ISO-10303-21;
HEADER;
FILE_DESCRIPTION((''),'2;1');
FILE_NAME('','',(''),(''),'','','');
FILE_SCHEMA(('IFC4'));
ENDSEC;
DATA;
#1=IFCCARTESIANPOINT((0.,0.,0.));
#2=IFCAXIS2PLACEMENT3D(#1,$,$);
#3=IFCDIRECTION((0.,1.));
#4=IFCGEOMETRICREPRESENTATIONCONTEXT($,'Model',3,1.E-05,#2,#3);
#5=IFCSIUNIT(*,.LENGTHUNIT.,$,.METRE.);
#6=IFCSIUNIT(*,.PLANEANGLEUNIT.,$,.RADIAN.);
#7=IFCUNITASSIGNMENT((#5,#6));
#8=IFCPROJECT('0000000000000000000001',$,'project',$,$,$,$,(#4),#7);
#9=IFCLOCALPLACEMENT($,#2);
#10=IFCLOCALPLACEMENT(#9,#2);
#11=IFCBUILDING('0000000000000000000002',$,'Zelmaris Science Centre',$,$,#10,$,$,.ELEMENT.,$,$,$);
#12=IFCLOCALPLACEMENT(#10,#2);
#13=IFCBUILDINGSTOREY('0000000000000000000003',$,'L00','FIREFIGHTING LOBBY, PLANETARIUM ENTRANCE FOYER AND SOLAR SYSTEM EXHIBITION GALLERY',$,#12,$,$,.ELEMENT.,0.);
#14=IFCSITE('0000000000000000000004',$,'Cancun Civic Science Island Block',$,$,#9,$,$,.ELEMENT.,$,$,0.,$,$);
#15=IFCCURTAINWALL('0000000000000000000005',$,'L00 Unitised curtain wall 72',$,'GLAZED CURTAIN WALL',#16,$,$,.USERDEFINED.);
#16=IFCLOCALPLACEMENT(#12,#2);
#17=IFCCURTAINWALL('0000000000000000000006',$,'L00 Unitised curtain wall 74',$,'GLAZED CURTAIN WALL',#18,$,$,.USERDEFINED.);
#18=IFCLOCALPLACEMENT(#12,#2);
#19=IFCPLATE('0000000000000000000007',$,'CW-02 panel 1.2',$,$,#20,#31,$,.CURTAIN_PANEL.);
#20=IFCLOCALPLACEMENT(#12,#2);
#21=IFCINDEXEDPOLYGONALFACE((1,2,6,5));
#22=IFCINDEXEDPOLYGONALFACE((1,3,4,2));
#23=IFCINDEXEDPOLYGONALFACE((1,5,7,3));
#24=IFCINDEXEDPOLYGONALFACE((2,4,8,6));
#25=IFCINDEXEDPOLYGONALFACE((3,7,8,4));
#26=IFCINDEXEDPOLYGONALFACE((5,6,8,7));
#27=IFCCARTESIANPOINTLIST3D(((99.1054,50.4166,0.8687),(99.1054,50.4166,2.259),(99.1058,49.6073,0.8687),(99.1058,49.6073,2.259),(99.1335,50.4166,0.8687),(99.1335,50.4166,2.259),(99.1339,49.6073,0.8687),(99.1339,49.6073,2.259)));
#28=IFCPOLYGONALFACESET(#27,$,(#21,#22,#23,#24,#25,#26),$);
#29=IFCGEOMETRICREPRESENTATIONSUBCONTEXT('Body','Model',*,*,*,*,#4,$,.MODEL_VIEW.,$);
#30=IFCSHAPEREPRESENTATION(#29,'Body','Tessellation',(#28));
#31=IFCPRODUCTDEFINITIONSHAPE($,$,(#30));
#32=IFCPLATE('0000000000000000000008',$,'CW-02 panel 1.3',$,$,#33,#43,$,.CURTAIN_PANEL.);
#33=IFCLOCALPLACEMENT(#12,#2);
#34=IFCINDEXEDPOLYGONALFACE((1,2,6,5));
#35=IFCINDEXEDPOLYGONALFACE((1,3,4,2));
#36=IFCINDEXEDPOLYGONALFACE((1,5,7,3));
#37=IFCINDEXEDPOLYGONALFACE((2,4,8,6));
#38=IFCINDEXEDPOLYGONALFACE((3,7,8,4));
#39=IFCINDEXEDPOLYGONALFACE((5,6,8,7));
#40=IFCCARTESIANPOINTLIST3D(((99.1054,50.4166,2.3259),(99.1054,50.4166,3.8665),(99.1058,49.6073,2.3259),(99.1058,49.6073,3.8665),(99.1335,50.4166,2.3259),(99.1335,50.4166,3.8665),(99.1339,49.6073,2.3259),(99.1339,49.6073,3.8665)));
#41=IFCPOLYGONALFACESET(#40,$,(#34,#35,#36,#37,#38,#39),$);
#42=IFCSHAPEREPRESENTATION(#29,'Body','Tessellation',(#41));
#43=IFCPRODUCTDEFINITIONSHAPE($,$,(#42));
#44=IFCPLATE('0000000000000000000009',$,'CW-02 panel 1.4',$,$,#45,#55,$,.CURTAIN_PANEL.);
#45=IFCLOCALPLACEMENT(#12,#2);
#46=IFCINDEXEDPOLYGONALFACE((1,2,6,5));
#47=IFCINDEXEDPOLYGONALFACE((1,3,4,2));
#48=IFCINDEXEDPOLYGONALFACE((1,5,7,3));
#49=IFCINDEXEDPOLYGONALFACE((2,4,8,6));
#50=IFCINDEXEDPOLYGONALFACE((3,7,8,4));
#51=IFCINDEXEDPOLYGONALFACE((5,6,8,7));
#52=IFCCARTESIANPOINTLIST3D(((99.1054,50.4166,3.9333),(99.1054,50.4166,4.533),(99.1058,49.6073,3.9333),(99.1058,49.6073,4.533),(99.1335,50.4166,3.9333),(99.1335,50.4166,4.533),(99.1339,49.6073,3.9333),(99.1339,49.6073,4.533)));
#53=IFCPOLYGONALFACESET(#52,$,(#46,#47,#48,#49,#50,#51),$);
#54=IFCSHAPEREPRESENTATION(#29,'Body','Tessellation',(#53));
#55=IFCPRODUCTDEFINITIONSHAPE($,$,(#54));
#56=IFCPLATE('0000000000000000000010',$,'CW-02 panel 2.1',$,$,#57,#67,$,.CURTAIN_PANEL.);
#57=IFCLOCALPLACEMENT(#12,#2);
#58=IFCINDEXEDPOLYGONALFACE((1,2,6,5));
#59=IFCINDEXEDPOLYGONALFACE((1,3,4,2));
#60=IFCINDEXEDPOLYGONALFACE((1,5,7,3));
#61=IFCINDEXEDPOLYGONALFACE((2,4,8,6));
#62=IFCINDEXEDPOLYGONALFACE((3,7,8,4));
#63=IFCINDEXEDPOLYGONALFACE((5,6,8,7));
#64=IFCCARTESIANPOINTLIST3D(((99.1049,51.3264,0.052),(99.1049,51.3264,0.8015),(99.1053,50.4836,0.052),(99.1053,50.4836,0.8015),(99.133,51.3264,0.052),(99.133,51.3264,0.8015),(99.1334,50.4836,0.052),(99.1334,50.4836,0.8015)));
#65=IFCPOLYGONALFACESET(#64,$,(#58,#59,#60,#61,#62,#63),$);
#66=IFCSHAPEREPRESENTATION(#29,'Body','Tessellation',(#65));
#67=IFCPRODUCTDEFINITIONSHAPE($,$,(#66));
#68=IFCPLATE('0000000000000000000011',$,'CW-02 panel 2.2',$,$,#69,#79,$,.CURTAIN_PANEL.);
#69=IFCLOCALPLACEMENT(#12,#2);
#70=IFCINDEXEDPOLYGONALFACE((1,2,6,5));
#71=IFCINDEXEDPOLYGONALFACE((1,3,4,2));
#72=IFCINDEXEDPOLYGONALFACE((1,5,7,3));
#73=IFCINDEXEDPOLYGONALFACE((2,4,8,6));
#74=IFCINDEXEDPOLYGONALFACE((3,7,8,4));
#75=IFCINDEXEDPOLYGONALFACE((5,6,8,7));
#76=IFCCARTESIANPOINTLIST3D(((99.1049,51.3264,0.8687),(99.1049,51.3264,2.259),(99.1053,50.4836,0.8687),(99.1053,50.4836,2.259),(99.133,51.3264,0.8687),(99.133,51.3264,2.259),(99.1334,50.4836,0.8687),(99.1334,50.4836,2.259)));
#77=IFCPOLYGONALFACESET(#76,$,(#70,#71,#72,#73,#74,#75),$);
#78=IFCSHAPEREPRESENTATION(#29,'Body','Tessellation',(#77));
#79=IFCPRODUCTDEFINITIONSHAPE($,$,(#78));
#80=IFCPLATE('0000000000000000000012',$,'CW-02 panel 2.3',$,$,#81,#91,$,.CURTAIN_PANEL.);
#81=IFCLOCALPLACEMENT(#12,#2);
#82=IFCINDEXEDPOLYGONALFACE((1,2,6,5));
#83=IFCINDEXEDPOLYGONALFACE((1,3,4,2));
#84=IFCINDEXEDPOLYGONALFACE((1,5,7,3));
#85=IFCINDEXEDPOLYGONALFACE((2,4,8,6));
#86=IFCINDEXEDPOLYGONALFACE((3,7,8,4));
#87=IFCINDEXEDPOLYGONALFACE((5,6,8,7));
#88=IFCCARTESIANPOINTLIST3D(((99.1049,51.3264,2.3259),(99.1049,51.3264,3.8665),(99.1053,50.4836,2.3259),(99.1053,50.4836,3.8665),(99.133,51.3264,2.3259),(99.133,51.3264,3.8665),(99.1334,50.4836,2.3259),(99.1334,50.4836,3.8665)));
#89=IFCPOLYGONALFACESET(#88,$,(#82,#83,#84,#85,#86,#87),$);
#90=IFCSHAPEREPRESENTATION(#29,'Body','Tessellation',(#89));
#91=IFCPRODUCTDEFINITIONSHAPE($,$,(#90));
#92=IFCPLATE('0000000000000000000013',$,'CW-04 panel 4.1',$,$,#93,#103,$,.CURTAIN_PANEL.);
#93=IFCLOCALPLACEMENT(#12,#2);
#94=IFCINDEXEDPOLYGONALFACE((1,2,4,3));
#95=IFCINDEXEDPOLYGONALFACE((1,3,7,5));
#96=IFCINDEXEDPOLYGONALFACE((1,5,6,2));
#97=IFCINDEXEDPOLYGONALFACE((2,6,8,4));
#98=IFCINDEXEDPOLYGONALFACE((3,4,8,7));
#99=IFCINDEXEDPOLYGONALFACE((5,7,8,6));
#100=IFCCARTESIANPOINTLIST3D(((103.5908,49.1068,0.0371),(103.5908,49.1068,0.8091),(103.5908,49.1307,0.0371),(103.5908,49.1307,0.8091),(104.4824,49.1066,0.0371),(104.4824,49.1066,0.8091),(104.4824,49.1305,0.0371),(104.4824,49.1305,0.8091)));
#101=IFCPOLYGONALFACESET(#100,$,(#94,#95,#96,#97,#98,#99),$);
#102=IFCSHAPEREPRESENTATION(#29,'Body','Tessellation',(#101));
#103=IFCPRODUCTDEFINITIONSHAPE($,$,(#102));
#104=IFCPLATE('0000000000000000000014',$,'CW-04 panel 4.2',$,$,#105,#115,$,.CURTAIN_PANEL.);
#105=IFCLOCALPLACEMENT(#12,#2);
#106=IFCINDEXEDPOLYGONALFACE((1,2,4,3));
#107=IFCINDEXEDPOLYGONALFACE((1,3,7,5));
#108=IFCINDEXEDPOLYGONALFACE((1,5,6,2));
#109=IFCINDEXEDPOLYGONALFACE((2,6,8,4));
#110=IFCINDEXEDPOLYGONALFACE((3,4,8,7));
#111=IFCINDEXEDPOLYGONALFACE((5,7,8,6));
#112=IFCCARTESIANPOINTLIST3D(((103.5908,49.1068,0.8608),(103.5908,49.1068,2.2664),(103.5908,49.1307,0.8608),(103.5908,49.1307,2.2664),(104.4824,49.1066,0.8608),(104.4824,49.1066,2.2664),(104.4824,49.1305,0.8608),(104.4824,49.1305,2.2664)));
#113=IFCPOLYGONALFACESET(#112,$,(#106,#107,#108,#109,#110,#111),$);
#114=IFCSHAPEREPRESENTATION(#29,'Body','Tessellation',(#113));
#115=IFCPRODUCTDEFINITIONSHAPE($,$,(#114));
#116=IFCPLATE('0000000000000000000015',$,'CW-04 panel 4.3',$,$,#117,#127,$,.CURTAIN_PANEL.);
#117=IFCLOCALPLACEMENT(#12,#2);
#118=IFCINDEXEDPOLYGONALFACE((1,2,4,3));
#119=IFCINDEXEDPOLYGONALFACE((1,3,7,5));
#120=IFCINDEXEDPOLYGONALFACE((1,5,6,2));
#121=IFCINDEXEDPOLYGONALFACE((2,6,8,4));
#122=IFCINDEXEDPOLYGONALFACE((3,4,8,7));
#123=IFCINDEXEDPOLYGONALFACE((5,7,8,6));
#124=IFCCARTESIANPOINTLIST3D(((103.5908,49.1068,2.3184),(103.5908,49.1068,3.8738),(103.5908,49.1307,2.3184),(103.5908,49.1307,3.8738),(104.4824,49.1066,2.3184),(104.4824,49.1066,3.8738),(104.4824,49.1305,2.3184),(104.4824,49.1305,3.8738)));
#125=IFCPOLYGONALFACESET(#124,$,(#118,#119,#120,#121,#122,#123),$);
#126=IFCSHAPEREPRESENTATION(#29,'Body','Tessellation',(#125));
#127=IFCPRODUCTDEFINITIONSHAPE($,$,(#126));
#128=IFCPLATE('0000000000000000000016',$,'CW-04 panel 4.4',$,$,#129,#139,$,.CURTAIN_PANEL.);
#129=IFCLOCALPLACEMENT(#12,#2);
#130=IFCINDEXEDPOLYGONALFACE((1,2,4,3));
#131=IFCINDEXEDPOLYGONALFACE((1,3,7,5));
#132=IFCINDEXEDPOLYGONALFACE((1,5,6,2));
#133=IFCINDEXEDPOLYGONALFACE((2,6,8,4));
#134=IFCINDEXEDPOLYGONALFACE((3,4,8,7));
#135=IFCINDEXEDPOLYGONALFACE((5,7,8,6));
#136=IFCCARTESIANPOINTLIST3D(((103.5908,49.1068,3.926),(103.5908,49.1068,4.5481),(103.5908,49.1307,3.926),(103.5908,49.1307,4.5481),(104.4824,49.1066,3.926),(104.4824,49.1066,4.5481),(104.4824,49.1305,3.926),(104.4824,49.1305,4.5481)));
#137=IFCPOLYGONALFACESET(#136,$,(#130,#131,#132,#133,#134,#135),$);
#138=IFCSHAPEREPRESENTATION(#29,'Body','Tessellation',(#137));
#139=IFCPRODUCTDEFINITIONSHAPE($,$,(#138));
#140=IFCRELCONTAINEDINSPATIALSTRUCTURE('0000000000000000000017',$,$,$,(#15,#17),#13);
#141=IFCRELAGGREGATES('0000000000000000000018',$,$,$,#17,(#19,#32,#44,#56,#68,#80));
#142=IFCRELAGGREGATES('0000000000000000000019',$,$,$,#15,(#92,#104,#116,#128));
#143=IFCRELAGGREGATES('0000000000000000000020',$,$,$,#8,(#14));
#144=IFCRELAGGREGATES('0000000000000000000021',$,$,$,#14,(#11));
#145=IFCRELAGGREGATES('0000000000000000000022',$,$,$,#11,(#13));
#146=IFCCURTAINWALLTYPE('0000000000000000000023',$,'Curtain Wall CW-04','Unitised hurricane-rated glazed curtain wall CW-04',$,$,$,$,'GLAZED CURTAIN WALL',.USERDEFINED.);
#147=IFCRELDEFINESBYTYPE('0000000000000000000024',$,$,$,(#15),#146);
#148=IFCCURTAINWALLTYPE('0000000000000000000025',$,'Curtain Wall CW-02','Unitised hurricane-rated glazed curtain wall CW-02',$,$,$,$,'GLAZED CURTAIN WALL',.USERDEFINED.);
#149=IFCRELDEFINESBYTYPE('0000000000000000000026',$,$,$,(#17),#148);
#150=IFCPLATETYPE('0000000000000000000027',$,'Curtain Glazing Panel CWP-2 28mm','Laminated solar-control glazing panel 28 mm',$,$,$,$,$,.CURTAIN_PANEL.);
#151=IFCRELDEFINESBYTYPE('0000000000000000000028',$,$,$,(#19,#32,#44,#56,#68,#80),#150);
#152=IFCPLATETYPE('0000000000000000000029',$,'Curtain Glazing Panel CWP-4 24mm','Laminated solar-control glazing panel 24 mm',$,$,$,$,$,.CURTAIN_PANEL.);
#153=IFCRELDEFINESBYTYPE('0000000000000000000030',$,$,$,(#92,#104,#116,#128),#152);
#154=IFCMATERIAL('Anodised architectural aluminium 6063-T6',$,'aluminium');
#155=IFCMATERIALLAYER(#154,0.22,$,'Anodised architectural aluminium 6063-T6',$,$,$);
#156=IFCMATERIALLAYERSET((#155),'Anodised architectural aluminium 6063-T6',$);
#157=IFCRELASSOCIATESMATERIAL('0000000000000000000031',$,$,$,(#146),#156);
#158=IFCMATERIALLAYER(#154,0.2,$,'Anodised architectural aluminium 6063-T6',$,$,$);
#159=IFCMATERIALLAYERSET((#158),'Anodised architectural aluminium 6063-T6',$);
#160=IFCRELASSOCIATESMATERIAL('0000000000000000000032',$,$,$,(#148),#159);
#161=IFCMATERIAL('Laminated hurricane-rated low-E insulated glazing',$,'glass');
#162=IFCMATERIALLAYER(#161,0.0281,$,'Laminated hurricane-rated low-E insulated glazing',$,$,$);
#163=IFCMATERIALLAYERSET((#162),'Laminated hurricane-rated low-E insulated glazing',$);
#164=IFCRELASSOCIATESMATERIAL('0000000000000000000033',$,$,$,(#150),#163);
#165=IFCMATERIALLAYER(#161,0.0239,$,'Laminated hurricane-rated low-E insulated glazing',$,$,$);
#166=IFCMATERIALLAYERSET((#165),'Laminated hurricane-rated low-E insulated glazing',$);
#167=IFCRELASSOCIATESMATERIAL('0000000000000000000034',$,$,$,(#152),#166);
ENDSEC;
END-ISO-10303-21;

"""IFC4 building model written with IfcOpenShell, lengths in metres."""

from ifc_helpers import new_model, si_unit, direction, frame, origin, origin_2d, place, context, subcontext, project, spatial, rectangle, extrude, material, layer, layer_set, type_object, element, aggregate, save


model = new_model("IFC4")

# Units and contexts
model_context = context("Model", 3, precision=1e-05, world=origin(), true_north=direction((0.0, 1.0)))
body_context = subcontext(model_context, "Body", "Model", "MODEL_VIEW")
ifc_project = project(units=[si_unit("LENGTHUNIT", "METRE"), si_unit("PLANEANGLEUNIT", "RADIAN")], contexts=[model_context])

# Site, building, storey
site_placement = place(None, origin())
site = spatial("IfcSite", under=ifc_project, at=site_placement, Name="Cancun Civic Science Island Block", CompositionType="ELEMENT", RefElevation=0.0)
building_placement = place(site_placement, origin())
building = spatial("IfcBuilding", under=site, at=building_placement, Name="Zelmaris Science Centre", CompositionType="ELEMENT")
storey_placement = place(building_placement, origin())
storey = spatial("IfcBuildingStorey", under=building, at=storey_placement, Name="L00", Description="FIREFIGHTING LOBBY, PLANETARIUM ENTRANCE FOYER AND SOLAR SYSTEM EXHIBITION GALLERY", CompositionType="ELEMENT", Elevation=0.0)

# Curtain wall
ifc_material_1 = material(Name="Anodised architectural aluminium 6063-T6", Category="aluminium")
ifc_layer_1 = layer(ifc_material_1, 0.22, Name="Anodised architectural aluminium 6063-T6")
ifc_layer_set_1 = layer_set([ifc_layer_1], Name="Anodised architectural aluminium 6063-T6")
curtain_wall_type_1 = type_object("IfcCurtainWallType", Name="Curtain Wall CW-04", Description="Unitised hurricane-rated glazed curtain wall CW-04", ElementType="GLAZED CURTAIN WALL", PredefinedType="USERDEFINED", material=ifc_layer_set_1)
curtain_wall_1_placement = place(storey_placement, origin())
curtain_wall_1 = element("IfcCurtainWall", 1, at=curtain_wall_1_placement, inside=storey, type_object=curtain_wall_type_1, Name="L00 Unitised curtain wall 72", ObjectType="GLAZED CURTAIN WALL", PredefinedType="USERDEFINED")

# Curtain wall
ifc_layer_2 = layer(ifc_material_1, 0.2, Name="Anodised architectural aluminium 6063-T6")
ifc_layer_set_2 = layer_set([ifc_layer_2], Name="Anodised architectural aluminium 6063-T6")
curtain_wall_type_2 = type_object("IfcCurtainWallType", Name="Curtain Wall CW-02", Description="Unitised hurricane-rated glazed curtain wall CW-02", ElementType="GLAZED CURTAIN WALL", PredefinedType="USERDEFINED", material=ifc_layer_set_2)
curtain_wall_2_placement = place(storey_placement, origin())
curtain_wall_2 = element("IfcCurtainWall", 2, at=curtain_wall_2_placement, inside=storey, type_object=curtain_wall_type_2, Name="L00 Unitised curtain wall 74", ObjectType="GLAZED CURTAIN WALL", PredefinedType="USERDEFINED")

# Plates
ifc_material_2 = material(Name="Laminated hurricane-rated low-E insulated glazing", Category="glass")
ifc_layer_3 = layer(ifc_material_2, 0.0281, Name="Laminated hurricane-rated low-E insulated glazing")
ifc_layer_set_3 = layer_set([ifc_layer_3], Name="Laminated hurricane-rated low-E insulated glazing")
plate_type_1 = type_object("IfcPlateType", Name="Curtain Glazing Panel CWP-2 28mm", Description="Laminated solar-control glazing panel 28 mm", PredefinedType="CURTAIN_PANEL", material=ifc_layer_set_3)
plate_1_placement = place(storey_placement, frame((99.1196, 50.012, 0.8687), z_axis=(0.0, 0.0, 1.0), x_axis=(-0.000484, 1.0, 0.0)))
plate_1 = element("IfcPlate", 3, at=plate_1_placement, type_object=plate_type_1, Name="CW-02 panel 1.2", PredefinedType="CURTAIN_PANEL", context=body_context, shape_type="SweptSolid", body=[
    extrude(rectangle(XDim=0.8093, YDim=0.0281, at=origin_2d()), origin(), (0.0, 0.0, 1.0), 1.3904),
])
plate_2_placement = place(storey_placement, frame((99.1196, 50.012, 2.3259), z_axis=(0.0, 0.0, 1.0), x_axis=(-0.000484, 1.0, 0.0)))
plate_2 = element("IfcPlate", 4, at=plate_2_placement, type_object=plate_type_1, Name="CW-02 panel 1.3", PredefinedType="CURTAIN_PANEL", context=body_context, shape_type="SweptSolid", body=[
    extrude(rectangle(XDim=0.8093, YDim=0.0281, at=origin_2d()), origin(), (0.0, 0.0, 1.0), 1.5405),
])
plate_3_placement = place(storey_placement, frame((99.1196, 50.012, 3.9333), z_axis=(0.0, 0.0, 1.0), x_axis=(-0.000484, 1.0, 0.0)))
plate_3 = element("IfcPlate", 5, at=plate_3_placement, type_object=plate_type_1, Name="CW-02 panel 1.4", PredefinedType="CURTAIN_PANEL", context=body_context, shape_type="SweptSolid", body=[
    extrude(rectangle(XDim=0.8093, YDim=0.0281, at=origin_2d()), origin(), (0.0, 0.0, 1.0), 0.5996),
])
plate_4_placement = place(storey_placement, frame((99.1191, 50.905, 0.052), z_axis=(0.0, 0.0, 1.0), x_axis=(-0.000484, 1.0, 0.0)))
plate_4 = element("IfcPlate", 6, at=plate_4_placement, type_object=plate_type_1, Name="CW-02 panel 2.1", PredefinedType="CURTAIN_PANEL", context=body_context, shape_type="SweptSolid", body=[
    extrude(rectangle(XDim=0.8428, YDim=0.0281, at=origin_2d()), origin(), (0.0, 0.0, 1.0), 0.7495),
])
plate_5_placement = place(storey_placement, frame((99.1191, 50.905, 0.8687), z_axis=(0.0, 0.0, 1.0), x_axis=(-0.000484, 1.0, 0.0)))
plate_5 = element("IfcPlate", 7, at=plate_5_placement, type_object=plate_type_1, Name="CW-02 panel 2.2", PredefinedType="CURTAIN_PANEL", context=body_context, shape_type="SweptSolid", body=[
    extrude(rectangle(XDim=0.8428, YDim=0.0281, at=origin_2d()), origin(), (0.0, 0.0, 1.0), 1.3904),
])
plate_6_placement = place(storey_placement, frame((99.1191, 50.905, 2.3259), z_axis=(0.0, 0.0, 1.0), x_axis=(-0.000484, 1.0, 0.0)))
plate_6 = element("IfcPlate", 8, at=plate_6_placement, type_object=plate_type_1, Name="CW-02 panel 2.3", PredefinedType="CURTAIN_PANEL", context=body_context, shape_type="SweptSolid", body=[
    extrude(rectangle(XDim=0.8428, YDim=0.0281, at=origin_2d()), origin(), (0.0, 0.0, 1.0), 1.5405),
])
aggregate(curtain_wall_2, [plate_1, plate_2, plate_3, plate_4, plate_5, plate_6])
ifc_layer_4 = layer(ifc_material_2, 0.0239, Name="Laminated hurricane-rated low-E insulated glazing")
ifc_layer_set_4 = layer_set([ifc_layer_4], Name="Laminated hurricane-rated low-E insulated glazing")
plate_type_2 = type_object("IfcPlateType", Name="Curtain Glazing Panel CWP-4 24mm", Description="Laminated solar-control glazing panel 24 mm", PredefinedType="CURTAIN_PANEL", material=ifc_layer_set_4)
plate_7_placement = place(storey_placement, frame((104.0366, 49.1187, 0.0371), z_axis=(0.0, 0.0, 1.0), x_axis=(-1.0, 0.000284, 0.0)))
plate_7 = element("IfcPlate", 9, at=plate_7_placement, type_object=plate_type_2, Name="CW-04 panel 4.1", PredefinedType="CURTAIN_PANEL", context=body_context, shape_type="SweptSolid", body=[
    extrude(rectangle(XDim=0.8916, YDim=0.0239, at=origin_2d()), origin(), (0.0, 0.0, 1.0), 0.772),
])
plate_8_placement = place(storey_placement, frame((104.0366, 49.1187, 0.8608), z_axis=(0.0, 0.0, 1.0), x_axis=(-1.0, 0.000284, 0.0)))
plate_8 = element("IfcPlate", 10, at=plate_8_placement, type_object=plate_type_2, Name="CW-04 panel 4.2", PredefinedType="CURTAIN_PANEL", context=body_context, shape_type="SweptSolid", body=[
    extrude(rectangle(XDim=0.8916, YDim=0.0239, at=origin_2d()), origin(), (0.0, 0.0, 1.0), 1.4055),
])
plate_9_placement = place(storey_placement, frame((104.0366, 49.1187, 2.3184), z_axis=(0.0, 0.0, 1.0), x_axis=(-1.0, 0.000284, 0.0)))
plate_9 = element("IfcPlate", 11, at=plate_9_placement, type_object=plate_type_2, Name="CW-04 panel 4.3", PredefinedType="CURTAIN_PANEL", context=body_context, shape_type="SweptSolid", body=[
    extrude(rectangle(XDim=0.8916, YDim=0.0239, at=origin_2d()), origin(), (0.0, 0.0, 1.0), 1.5554),
])
plate_10_placement = place(storey_placement, frame((104.0366, 49.1187, 3.926), z_axis=(0.0, 0.0, 1.0), x_axis=(-1.0, 0.000284, 0.0)))
plate_10 = element("IfcPlate", 12, at=plate_10_placement, type_object=plate_type_2, Name="CW-04 panel 4.4", PredefinedType="CURTAIN_PANEL", context=body_context, shape_type="SweptSolid", body=[
    extrude(rectangle(XDim=0.8916, YDim=0.0239, at=origin_2d()), origin(), (0.0, 0.0, 1.0), 0.6221),
])
aggregate(curtain_wall_1, [plate_7, plate_8, plate_9, plate_10])

save(model, "model.ifc")
